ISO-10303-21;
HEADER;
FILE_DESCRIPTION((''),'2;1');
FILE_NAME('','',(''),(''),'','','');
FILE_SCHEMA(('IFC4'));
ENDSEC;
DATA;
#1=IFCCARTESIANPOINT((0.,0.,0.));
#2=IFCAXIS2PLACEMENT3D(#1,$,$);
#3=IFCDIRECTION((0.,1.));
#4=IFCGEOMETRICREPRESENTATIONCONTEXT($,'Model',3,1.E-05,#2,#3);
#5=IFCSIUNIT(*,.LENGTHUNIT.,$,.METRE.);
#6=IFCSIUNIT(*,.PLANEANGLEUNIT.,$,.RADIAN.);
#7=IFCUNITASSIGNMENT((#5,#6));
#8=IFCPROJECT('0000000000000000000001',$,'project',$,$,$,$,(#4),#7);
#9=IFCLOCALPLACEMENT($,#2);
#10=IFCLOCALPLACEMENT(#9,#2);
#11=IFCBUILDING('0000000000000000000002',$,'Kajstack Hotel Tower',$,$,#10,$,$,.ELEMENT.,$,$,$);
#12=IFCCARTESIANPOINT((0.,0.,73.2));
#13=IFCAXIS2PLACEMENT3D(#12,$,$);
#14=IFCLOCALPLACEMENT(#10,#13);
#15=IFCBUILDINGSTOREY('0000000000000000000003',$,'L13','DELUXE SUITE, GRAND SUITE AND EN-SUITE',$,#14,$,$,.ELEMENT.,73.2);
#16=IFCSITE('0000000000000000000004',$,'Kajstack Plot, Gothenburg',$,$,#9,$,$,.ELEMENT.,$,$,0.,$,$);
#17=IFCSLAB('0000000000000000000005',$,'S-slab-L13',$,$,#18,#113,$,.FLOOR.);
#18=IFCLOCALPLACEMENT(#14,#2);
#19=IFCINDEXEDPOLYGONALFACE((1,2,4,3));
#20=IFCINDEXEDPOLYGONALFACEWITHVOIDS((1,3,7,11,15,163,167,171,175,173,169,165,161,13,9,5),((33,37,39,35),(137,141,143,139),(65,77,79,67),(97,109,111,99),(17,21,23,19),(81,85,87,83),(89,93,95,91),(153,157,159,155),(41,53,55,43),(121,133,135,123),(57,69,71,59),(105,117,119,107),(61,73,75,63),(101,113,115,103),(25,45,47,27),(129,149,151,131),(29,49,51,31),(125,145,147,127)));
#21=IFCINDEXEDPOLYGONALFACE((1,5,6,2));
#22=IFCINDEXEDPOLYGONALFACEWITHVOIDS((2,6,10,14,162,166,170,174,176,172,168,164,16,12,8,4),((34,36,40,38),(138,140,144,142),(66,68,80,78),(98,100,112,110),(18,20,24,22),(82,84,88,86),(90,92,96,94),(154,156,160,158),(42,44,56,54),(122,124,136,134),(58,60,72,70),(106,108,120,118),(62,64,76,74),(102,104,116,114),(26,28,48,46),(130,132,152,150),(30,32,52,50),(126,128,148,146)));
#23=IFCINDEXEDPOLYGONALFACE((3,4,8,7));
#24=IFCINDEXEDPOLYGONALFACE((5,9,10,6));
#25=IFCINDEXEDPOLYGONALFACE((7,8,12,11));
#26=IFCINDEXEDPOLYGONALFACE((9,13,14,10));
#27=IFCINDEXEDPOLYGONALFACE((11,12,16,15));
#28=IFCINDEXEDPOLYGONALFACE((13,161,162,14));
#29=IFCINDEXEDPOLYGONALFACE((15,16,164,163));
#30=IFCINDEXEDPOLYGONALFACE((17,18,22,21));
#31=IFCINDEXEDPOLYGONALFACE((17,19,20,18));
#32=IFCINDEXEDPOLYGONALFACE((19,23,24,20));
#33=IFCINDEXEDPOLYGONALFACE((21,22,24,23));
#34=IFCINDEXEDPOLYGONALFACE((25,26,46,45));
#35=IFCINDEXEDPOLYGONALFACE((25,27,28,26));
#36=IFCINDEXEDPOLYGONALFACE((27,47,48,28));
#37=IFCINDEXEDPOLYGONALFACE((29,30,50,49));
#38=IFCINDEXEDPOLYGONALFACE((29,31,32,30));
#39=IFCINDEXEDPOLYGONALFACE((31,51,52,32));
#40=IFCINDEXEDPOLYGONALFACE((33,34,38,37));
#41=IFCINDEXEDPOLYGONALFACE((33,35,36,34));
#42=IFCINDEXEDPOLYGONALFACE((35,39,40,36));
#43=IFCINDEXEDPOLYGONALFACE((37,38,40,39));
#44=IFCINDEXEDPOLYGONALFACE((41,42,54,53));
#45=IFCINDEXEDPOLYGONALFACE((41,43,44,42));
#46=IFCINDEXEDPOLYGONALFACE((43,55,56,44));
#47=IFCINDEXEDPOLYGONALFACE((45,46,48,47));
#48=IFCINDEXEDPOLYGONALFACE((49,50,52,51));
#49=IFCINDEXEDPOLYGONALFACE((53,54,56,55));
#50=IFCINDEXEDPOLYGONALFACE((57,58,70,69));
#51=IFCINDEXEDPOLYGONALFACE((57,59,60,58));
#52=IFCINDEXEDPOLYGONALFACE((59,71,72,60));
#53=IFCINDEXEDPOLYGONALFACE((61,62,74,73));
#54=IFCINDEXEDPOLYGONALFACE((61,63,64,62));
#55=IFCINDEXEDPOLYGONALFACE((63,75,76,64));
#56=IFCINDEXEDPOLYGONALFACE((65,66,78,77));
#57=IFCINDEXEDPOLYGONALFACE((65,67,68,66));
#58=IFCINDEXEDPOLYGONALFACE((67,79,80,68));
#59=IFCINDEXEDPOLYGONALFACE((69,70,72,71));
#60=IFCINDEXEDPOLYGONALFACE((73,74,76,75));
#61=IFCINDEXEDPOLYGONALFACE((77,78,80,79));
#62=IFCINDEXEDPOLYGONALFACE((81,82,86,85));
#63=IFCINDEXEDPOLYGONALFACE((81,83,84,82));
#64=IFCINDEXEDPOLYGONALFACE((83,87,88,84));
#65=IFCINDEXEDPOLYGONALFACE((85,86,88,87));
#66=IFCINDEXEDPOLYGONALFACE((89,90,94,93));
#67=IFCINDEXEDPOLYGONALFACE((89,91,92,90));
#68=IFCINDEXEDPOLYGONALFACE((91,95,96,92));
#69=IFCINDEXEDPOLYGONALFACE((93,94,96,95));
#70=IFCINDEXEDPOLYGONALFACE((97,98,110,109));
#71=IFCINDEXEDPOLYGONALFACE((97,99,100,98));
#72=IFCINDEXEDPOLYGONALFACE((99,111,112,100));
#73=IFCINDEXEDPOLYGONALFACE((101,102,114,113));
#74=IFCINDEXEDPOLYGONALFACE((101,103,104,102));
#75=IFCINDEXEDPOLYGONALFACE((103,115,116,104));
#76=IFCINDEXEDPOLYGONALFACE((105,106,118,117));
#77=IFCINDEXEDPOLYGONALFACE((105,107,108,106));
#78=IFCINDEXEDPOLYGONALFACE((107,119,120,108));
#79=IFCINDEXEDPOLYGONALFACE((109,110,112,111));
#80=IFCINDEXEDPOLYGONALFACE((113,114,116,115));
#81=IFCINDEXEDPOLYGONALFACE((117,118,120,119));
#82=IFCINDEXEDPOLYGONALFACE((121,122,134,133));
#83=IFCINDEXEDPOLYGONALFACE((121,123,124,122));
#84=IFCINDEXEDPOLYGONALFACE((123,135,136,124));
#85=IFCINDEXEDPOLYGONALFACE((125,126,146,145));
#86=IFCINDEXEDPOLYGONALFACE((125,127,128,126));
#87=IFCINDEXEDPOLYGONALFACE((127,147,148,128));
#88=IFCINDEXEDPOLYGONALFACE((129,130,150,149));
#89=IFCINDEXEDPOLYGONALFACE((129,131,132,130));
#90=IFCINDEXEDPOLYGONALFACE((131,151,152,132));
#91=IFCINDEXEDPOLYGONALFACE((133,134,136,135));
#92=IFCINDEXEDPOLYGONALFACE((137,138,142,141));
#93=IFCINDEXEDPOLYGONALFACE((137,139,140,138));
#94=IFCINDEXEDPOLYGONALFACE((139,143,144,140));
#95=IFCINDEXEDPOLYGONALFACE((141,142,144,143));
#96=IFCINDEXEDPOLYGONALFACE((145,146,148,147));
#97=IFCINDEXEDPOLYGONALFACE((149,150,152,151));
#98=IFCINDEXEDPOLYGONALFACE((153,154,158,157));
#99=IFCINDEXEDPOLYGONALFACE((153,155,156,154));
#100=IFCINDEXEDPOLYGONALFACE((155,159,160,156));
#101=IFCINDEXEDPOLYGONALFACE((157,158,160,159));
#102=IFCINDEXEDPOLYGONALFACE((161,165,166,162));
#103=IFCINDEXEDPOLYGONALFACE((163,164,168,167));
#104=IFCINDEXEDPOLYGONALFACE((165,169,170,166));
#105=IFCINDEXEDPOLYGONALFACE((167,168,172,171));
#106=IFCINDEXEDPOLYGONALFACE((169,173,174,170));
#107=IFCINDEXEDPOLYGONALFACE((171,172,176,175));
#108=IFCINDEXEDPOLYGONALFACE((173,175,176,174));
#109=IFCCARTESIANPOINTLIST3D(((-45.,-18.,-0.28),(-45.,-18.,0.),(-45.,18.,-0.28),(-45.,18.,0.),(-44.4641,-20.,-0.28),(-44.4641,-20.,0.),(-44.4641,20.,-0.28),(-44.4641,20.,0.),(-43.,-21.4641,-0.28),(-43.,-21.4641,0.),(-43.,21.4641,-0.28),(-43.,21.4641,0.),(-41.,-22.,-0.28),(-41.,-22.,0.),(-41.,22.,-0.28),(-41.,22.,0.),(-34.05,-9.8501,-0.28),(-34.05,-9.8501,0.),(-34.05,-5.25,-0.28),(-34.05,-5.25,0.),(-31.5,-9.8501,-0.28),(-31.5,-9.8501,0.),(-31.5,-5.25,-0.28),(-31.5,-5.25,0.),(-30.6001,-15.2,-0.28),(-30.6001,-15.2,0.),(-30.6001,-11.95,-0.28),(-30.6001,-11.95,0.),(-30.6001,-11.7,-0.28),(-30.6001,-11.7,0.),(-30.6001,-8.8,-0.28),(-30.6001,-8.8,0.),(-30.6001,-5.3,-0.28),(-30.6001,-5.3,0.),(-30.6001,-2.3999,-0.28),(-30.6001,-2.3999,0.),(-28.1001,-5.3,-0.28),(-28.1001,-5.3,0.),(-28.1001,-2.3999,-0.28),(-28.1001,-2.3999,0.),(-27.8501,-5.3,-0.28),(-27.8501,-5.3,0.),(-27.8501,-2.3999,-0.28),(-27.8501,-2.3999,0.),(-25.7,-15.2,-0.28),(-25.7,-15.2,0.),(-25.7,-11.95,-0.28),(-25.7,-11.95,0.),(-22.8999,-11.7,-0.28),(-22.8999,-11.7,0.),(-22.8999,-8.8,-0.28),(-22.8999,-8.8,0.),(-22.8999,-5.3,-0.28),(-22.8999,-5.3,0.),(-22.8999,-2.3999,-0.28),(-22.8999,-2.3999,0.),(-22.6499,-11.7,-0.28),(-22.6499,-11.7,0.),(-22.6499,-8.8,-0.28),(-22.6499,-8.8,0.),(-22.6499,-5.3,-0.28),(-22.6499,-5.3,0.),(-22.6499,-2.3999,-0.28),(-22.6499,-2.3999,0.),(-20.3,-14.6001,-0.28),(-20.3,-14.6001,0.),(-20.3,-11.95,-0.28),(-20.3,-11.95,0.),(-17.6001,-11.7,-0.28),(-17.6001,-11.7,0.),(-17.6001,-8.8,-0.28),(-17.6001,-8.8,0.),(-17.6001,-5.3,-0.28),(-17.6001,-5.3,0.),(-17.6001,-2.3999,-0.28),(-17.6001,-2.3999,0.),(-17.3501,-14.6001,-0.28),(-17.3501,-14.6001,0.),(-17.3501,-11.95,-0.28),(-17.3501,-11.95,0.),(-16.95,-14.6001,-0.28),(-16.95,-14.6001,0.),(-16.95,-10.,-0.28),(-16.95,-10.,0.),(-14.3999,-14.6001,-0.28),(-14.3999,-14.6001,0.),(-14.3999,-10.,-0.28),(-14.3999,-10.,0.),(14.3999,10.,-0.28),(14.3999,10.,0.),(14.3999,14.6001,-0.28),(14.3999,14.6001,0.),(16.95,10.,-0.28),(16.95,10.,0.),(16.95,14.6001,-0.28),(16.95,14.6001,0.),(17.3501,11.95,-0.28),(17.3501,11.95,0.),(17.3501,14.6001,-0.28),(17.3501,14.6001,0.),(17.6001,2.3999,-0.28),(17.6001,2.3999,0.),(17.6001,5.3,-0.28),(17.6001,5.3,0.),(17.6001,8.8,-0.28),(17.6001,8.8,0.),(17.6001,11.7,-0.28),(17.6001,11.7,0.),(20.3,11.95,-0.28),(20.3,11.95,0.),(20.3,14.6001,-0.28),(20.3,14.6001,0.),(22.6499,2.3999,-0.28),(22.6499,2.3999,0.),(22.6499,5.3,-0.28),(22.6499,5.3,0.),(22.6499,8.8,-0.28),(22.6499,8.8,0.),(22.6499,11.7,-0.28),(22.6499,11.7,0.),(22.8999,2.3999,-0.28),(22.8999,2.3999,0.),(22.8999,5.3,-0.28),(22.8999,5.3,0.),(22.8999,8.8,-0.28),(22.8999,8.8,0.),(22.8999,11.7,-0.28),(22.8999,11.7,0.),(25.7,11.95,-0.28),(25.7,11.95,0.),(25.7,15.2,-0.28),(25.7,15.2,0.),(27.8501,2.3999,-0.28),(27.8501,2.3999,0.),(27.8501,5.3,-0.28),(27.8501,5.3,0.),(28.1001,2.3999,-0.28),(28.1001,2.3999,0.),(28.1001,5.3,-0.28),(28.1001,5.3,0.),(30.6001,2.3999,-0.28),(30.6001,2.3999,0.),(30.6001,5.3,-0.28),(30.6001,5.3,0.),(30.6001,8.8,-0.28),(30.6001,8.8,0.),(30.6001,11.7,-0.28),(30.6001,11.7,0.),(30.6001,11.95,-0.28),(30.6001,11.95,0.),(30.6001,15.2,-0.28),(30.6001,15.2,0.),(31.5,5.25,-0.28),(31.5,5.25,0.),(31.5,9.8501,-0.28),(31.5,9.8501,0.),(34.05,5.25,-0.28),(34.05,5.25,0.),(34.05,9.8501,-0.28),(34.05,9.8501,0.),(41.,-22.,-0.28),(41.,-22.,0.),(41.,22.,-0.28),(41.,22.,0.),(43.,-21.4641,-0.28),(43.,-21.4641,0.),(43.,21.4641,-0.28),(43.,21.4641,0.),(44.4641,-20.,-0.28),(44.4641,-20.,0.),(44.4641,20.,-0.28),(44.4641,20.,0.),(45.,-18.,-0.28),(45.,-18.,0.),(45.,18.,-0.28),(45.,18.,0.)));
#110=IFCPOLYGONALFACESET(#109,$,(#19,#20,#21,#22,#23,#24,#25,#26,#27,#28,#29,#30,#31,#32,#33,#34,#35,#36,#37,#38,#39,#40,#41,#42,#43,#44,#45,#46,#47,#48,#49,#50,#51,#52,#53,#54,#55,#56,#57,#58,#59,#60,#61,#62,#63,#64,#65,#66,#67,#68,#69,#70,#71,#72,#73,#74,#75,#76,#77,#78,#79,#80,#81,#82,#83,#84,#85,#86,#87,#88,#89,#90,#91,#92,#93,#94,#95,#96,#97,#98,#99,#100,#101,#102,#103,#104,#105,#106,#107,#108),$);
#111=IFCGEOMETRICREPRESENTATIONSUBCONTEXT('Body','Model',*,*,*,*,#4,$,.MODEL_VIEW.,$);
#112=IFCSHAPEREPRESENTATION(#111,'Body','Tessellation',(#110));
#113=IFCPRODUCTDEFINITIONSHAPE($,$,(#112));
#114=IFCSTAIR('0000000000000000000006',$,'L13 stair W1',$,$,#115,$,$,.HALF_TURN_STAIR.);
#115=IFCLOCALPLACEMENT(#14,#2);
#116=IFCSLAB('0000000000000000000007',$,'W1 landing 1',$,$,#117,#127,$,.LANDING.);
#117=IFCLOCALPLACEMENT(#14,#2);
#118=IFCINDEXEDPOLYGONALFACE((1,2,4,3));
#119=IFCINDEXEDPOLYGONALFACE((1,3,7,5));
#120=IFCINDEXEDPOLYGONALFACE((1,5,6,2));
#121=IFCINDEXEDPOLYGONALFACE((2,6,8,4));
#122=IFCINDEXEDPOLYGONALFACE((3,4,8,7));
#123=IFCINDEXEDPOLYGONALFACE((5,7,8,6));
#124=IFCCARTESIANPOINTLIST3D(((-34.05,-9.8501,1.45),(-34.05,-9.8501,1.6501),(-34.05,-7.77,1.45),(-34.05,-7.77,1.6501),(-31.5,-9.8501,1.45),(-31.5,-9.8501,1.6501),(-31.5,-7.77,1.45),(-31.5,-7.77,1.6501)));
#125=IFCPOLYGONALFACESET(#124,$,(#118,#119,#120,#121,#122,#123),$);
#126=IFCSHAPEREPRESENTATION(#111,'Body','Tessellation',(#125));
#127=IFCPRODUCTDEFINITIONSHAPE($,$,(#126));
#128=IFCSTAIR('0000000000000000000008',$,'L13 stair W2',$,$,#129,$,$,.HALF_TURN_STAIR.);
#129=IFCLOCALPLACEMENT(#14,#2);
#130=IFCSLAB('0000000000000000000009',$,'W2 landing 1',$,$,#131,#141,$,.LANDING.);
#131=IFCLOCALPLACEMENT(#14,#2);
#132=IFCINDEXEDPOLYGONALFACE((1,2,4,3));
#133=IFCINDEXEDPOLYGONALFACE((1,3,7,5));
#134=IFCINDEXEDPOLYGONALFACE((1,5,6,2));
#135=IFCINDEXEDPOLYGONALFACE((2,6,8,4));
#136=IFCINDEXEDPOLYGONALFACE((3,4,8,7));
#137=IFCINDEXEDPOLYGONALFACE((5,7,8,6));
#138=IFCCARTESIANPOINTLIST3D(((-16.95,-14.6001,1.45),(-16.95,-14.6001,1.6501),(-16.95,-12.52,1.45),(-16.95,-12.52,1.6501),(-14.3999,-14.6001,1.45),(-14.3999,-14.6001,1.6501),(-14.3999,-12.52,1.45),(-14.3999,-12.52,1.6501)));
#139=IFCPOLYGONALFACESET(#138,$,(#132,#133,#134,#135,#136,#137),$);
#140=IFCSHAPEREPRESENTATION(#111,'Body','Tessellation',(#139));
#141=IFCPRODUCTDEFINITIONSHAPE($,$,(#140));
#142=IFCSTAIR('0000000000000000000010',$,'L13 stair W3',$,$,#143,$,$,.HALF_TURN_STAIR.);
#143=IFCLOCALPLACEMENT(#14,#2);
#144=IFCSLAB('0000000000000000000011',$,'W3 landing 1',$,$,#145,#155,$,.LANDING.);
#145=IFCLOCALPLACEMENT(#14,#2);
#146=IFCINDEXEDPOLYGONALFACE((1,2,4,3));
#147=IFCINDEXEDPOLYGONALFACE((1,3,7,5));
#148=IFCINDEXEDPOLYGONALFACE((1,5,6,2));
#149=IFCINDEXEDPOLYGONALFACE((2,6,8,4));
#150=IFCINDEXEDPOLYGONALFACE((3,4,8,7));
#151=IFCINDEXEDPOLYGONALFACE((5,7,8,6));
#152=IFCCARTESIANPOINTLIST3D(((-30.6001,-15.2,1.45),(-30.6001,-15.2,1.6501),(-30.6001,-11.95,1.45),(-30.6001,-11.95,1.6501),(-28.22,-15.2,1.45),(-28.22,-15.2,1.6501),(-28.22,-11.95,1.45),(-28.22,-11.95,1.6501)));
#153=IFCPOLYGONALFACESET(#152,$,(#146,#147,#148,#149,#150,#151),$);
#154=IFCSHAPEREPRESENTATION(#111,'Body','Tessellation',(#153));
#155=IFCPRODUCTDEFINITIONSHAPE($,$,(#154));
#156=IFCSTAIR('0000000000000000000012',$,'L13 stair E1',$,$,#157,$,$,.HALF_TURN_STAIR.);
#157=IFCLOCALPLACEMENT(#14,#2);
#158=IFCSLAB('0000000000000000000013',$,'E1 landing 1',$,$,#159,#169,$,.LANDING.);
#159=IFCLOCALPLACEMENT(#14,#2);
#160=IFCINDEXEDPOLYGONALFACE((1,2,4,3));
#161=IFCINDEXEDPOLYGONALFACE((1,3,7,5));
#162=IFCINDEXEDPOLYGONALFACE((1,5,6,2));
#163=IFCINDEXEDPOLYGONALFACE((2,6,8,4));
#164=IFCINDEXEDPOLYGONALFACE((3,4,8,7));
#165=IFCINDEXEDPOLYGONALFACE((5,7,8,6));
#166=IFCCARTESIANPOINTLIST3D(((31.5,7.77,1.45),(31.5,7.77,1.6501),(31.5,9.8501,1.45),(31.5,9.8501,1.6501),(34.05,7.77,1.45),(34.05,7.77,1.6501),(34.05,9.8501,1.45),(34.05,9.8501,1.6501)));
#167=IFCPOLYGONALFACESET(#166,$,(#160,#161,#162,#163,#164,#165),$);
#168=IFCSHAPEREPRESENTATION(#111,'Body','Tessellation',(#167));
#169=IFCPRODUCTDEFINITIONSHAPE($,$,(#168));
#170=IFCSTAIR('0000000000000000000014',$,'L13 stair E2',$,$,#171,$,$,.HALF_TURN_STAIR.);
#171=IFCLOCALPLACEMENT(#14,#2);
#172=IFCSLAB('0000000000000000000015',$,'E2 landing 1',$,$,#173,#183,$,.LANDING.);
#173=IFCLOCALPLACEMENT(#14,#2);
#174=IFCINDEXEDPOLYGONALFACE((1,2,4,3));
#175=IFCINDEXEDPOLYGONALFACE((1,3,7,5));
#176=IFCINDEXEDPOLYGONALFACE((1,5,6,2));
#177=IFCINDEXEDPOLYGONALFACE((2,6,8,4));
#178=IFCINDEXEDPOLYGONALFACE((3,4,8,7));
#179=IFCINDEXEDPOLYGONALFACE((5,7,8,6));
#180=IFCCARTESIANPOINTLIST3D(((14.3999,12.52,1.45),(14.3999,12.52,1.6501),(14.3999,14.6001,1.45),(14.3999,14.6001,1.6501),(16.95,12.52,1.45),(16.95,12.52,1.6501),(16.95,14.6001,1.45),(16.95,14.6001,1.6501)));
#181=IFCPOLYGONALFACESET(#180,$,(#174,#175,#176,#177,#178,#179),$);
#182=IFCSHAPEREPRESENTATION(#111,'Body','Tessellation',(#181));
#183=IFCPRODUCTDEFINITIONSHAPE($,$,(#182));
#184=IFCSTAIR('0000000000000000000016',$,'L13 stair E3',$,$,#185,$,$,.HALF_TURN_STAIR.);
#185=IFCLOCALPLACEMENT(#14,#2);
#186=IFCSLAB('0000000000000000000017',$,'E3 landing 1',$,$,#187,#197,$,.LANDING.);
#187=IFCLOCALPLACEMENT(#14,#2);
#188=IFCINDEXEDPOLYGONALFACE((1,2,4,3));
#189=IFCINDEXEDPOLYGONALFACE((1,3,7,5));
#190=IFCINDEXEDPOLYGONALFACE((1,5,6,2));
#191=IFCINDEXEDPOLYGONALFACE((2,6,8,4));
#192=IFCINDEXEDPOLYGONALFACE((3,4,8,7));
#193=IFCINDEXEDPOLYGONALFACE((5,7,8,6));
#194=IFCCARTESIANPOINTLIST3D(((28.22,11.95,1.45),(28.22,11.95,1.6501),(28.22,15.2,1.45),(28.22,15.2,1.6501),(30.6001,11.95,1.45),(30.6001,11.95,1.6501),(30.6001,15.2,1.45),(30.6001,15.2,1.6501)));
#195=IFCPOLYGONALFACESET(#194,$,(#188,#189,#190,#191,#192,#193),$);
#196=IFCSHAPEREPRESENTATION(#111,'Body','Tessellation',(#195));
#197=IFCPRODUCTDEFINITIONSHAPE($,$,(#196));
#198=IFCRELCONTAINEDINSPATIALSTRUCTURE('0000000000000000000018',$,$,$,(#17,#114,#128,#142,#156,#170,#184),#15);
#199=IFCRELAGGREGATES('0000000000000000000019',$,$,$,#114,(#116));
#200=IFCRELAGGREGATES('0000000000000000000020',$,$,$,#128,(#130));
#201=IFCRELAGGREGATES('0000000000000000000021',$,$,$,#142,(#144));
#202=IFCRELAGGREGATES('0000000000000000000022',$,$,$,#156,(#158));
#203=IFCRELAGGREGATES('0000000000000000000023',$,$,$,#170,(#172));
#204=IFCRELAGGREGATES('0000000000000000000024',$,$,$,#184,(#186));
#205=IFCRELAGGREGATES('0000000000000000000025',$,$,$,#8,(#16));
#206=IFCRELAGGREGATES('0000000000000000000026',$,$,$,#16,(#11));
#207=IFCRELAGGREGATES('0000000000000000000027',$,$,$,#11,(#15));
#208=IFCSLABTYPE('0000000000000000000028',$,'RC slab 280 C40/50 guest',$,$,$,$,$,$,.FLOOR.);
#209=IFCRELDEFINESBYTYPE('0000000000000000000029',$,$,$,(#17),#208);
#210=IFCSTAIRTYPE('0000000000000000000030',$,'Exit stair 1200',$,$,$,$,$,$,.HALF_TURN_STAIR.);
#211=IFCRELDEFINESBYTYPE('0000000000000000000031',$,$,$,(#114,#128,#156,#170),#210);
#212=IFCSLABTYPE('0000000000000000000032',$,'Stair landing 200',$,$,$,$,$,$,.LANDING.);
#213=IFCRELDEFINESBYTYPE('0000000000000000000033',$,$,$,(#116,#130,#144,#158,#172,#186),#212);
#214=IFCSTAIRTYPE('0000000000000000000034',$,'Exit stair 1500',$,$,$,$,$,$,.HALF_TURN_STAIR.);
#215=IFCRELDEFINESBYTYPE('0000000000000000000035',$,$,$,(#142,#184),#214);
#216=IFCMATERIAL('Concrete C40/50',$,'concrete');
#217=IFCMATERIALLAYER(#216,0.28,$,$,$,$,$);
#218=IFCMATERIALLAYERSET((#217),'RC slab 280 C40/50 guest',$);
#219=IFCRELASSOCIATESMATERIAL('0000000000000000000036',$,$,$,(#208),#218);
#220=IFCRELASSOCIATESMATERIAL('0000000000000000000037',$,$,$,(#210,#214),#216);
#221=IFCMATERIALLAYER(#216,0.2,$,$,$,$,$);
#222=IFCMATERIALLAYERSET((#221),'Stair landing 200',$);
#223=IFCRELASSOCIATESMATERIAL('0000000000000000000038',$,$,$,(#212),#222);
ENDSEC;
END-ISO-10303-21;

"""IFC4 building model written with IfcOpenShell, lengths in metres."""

from ifc_helpers import new_model, si_unit, direction, frame, origin, place, context, subcontext, project, spatial, polyline, outline, extrude, material, layer, layer_set, type_object, element, aggregate, save


model = new_model("IFC4")

# Units and contexts
model_context = context("Model", 3, precision=1e-05, world=origin(), true_north=direction((0.0, 1.0)))
body_context = subcontext(model_context, "Body", "Model", "MODEL_VIEW")
ifc_project = project(units=[si_unit("LENGTHUNIT", "METRE"), si_unit("PLANEANGLEUNIT", "RADIAN")], contexts=[model_context])

# Site, building, storey
site_placement = place(None, origin())
site = spatial("IfcSite", under=ifc_project, at=site_placement, Name="Kajstack Plot, Gothenburg", CompositionType="ELEMENT", RefElevation=0.0)
building_placement = place(site_placement, origin())
building = spatial("IfcBuilding", under=site, at=building_placement, Name="Kajstack Hotel Tower", CompositionType="ELEMENT")
storey_placement = place(building_placement, frame((0.0, 0.0, 73.2)))
storey = spatial("IfcBuildingStorey", under=building, at=storey_placement, Name="L13", Description="DELUXE SUITE, GRAND SUITE AND EN-SUITE", CompositionType="ELEMENT", Elevation=73.2)

# Slab
ifc_material_1 = material(Name="Concrete C40/50", Category="concrete")
ifc_layer_1 = layer(ifc_material_1, 0.28)
ifc_layer_set_1 = layer_set([ifc_layer_1], Name="RC slab 280 C40/50 guest")
slab_type_1 = type_object("IfcSlabType", Name="RC slab 280 C40/50 guest", PredefinedType="FLOOR", material=ifc_layer_set_1)
slab_1_placement = place(storey_placement, frame((0.0, 0.0, -0.28)))
element("IfcSlab", 1, at=slab_1_placement, inside=storey, type_object=slab_type_1, Name="S-slab-L13", PredefinedType="FLOOR", context=body_context, shape_type="SweptSolid", body=[
    extrude(outline(polyline([(-45.0, -18.0), (-44.4641, -20.0), (-43.0, -21.4641), (-41.0, -22.0), (41.0, -22.0), (43.0, -21.4641), (44.4641, -20.0), (45.0, -18.0), (45.0, 18.0), (44.4641, 20.0), (43.0, 21.4641), (41.0, 22.0), (-41.0, 22.0), (-43.0, 21.4641), (-44.4641, 20.0), (-45.0, 18.0), (-45.0, -18.0)]), holes=[polyline([(-30.6001, -11.7), (-30.6001, -8.8), (-22.8999, -8.8), (-22.8999, -11.7), (-30.6001, -11.7)]), polyline([(-22.6499, -11.7), (-22.6499, -8.8), (-17.6001, -8.8), (-17.6001, -11.7), (-22.6499, -11.7)]), polyline([(-27.8501, -5.3), (-27.8501, -2.3999), (-22.8999, -2.3999), (-22.8999, -5.3), (-27.8501, -5.3)]), polyline([(-22.6499, -5.3), (-22.6499, -2.3999), (-17.6001, -2.3999), (-17.6001, -5.3), (-22.6499, -5.3)]), polyline([(-20.3, -14.6001), (-17.3501, -14.6001), (-17.3501, -11.95), (-20.3, -11.95), (-20.3, -14.6001)]), polyline([(-30.6001, -5.3), (-28.1001, -5.3), (-28.1001, -2.3999), (-30.6001, -2.3999), (-30.6001, -5.3)]), polyline([(22.8999, 8.8), (22.8999, 11.7), (30.6001, 11.7), (30.6001, 8.8), (22.8999, 8.8)]), polyline([(17.6001, 8.8), (17.6001, 11.7), (22.6499, 11.7), (22.6499, 8.8), (17.6001, 8.8)]), polyline([(22.8999, 2.3999), (22.8999, 5.3), (27.8501, 5.3), (27.8501, 2.3999), (22.8999, 2.3999)]), polyline([(17.6001, 2.3999), (17.6001, 5.3), (22.6499, 5.3), (22.6499, 2.3999), (17.6001, 2.3999)]), polyline([(20.3, 14.6001), (17.3501, 14.6001), (17.3501, 11.95), (20.3, 11.95), (20.3, 14.6001)]), polyline([(30.6001, 5.3), (28.1001, 5.3), (28.1001, 2.3999), (30.6001, 2.3999), (30.6001, 5.3)]), polyline([(-34.05, -9.8501), (-31.5, -9.8501), (-31.5, -5.25), (-34.05, -5.25), (-34.05, -9.8501)]), polyline([(-16.95, -14.6001), (-14.3999, -14.6001), (-14.3999, -10.0), (-16.95, -10.0), (-16.95, -14.6001)]), polyline([(-30.6001, -15.2), (-25.7, -15.2), (-25.7, -11.95), (-30.6001, -11.95), (-30.6001, -15.2)]), polyline([(34.05, 9.8501), (31.5, 9.8501), (31.5, 5.25), (34.05, 5.25), (34.05, 9.8501)]), polyline([(16.95, 14.6001), (14.3999, 14.6001), (14.3999, 10.0), (16.95, 10.0), (16.95, 14.6001)]), polyline([(30.6001, 15.2), (25.7, 15.2), (25.7, 11.95), (30.6001, 11.95), (30.6001, 15.2)])]), origin(), (0.0, 0.0, 1.0), 0.28),
])

# Stairs, slabs
stair_type_1 = type_object("IfcStairType", Name="Exit stair 1200", PredefinedType="HALF_TURN_STAIR", material=ifc_material_1)
stair_1_placement = place(storey_placement, origin())
stair_1 = element("IfcStair", 2, at=stair_1_placement, inside=storey, type_object=stair_type_1, Name="L13 stair W1", PredefinedType="HALF_TURN_STAIR")
ifc_layer_2 = layer(ifc_material_1, 0.2)
ifc_layer_set_2 = layer_set([ifc_layer_2], Name="Stair landing 200")
slab_type_2 = type_object("IfcSlabType", Name="Stair landing 200", PredefinedType="LANDING", material=ifc_layer_set_2)
slab_2_placement = place(storey_placement, frame((0.0, 0.0, 1.45)))
slab_2 = element("IfcSlab", 3, at=slab_2_placement, type_object=slab_type_2, Name="W1 landing 1", PredefinedType="LANDING", context=body_context, shape_type="SweptSolid", body=[
    extrude(outline(polyline([(-34.05, -7.77), (-34.05, -9.8501), (-31.5, -9.8501), (-31.5, -7.77), (-34.05, -7.77)])), origin(), (0.0, 0.0, 1.0), 0.2002),
])
aggregate(stair_1, [slab_2])
stair_2_placement = place(storey_placement, origin())
stair_2 = element("IfcStair", 4, at=stair_2_placement, inside=storey, type_object=stair_type_1, Name="L13 stair W2", PredefinedType="HALF_TURN_STAIR")
slab_3_placement = place(storey_placement, frame((0.0, 0.0, 1.45)))
slab_3 = element("IfcSlab", 5, at=slab_3_placement, type_object=slab_type_2, Name="W2 landing 1", PredefinedType="LANDING", context=body_context, shape_type="SweptSolid", body=[
    extrude(outline(polyline([(-16.95, -12.52), (-16.95, -14.6001), (-14.3999, -14.6001), (-14.3999, -12.52), (-16.95, -12.52)])), origin(), (0.0, 0.0, 1.0), 0.2002),
])
aggregate(stair_2, [slab_3])
stair_type_2 = type_object("IfcStairType", Name="Exit stair 1500", PredefinedType="HALF_TURN_STAIR", material=ifc_material_1)
stair_3_placement = place(storey_placement, origin())
stair_3 = element("IfcStair", 6, at=stair_3_placement, inside=storey, type_object=stair_type_2, Name="L13 stair W3", PredefinedType="HALF_TURN_STAIR")
slab_4_placement = place(storey_placement, frame((0.0, 0.0, 1.45)))
slab_4 = element("IfcSlab", 7, at=slab_4_placement, type_object=slab_type_2, Name="W3 landing 1", PredefinedType="LANDING", context=body_context, shape_type="SweptSolid", body=[
    extrude(outline(polyline([(-28.22, -11.95), (-30.6001, -11.95), (-30.6001, -15.2), (-28.22, -15.2), (-28.22, -11.95)])), origin(), (0.0, 0.0, 1.0), 0.2002),
])
aggregate(stair_3, [slab_4])
stair_4_placement = place(storey_placement, origin())
stair_4 = element("IfcStair", 8, at=stair_4_placement, inside=storey, type_object=stair_type_1, Name="L13 stair E1", PredefinedType="HALF_TURN_STAIR")
slab_5_placement = place(storey_placement, frame((0.0, 0.0, 1.45)))
slab_5 = element("IfcSlab", 9, at=slab_5_placement, type_object=slab_type_2, Name="E1 landing 1", PredefinedType="LANDING", context=body_context, shape_type="SweptSolid", body=[
    extrude(outline(polyline([(34.05, 7.77), (34.05, 9.8501), (31.5, 9.8501), (31.5, 7.77), (34.05, 7.77)])), origin(), (0.0, 0.0, 1.0), 0.2002),
])
aggregate(stair_4, [slab_5])
stair_5_placement = place(storey_placement, origin())
stair_5 = element("IfcStair", 10, at=stair_5_placement, inside=storey, type_object=stair_type_1, Name="L13 stair E2", PredefinedType="HALF_TURN_STAIR")
slab_6_placement = place(storey_placement, frame((0.0, 0.0, 1.45)))
slab_6 = element("IfcSlab", 11, at=slab_6_placement, type_object=slab_type_2, Name="E2 landing 1", PredefinedType="LANDING", context=body_context, shape_type="SweptSolid", body=[
    extrude(outline(polyline([(16.95, 12.52), (16.95, 14.6001), (14.3999, 14.6001), (14.3999, 12.52), (16.95, 12.52)])), origin(), (0.0, 0.0, 1.0), 0.2002),
])
aggregate(stair_5, [slab_6])
stair_6_placement = place(storey_placement, origin())
stair_6 = element("IfcStair", 12, at=stair_6_placement, inside=storey, type_object=stair_type_2, Name="L13 stair E3", PredefinedType="HALF_TURN_STAIR")
slab_7_placement = place(storey_placement, frame((0.0, 0.0, 1.45)))
slab_7 = element("IfcSlab", 13, at=slab_7_placement, type_object=slab_type_2, Name="E3 landing 1", PredefinedType="LANDING", context=body_context, shape_type="SweptSolid", body=[
    extrude(outline(polyline([(28.22, 11.95), (30.6001, 11.95), (30.6001, 15.2), (28.22, 15.2), (28.22, 11.95)])), origin(), (0.0, 0.0, 1.0), 0.2002),
])
aggregate(stair_6, [slab_7])

save(model, "model.ifc")
